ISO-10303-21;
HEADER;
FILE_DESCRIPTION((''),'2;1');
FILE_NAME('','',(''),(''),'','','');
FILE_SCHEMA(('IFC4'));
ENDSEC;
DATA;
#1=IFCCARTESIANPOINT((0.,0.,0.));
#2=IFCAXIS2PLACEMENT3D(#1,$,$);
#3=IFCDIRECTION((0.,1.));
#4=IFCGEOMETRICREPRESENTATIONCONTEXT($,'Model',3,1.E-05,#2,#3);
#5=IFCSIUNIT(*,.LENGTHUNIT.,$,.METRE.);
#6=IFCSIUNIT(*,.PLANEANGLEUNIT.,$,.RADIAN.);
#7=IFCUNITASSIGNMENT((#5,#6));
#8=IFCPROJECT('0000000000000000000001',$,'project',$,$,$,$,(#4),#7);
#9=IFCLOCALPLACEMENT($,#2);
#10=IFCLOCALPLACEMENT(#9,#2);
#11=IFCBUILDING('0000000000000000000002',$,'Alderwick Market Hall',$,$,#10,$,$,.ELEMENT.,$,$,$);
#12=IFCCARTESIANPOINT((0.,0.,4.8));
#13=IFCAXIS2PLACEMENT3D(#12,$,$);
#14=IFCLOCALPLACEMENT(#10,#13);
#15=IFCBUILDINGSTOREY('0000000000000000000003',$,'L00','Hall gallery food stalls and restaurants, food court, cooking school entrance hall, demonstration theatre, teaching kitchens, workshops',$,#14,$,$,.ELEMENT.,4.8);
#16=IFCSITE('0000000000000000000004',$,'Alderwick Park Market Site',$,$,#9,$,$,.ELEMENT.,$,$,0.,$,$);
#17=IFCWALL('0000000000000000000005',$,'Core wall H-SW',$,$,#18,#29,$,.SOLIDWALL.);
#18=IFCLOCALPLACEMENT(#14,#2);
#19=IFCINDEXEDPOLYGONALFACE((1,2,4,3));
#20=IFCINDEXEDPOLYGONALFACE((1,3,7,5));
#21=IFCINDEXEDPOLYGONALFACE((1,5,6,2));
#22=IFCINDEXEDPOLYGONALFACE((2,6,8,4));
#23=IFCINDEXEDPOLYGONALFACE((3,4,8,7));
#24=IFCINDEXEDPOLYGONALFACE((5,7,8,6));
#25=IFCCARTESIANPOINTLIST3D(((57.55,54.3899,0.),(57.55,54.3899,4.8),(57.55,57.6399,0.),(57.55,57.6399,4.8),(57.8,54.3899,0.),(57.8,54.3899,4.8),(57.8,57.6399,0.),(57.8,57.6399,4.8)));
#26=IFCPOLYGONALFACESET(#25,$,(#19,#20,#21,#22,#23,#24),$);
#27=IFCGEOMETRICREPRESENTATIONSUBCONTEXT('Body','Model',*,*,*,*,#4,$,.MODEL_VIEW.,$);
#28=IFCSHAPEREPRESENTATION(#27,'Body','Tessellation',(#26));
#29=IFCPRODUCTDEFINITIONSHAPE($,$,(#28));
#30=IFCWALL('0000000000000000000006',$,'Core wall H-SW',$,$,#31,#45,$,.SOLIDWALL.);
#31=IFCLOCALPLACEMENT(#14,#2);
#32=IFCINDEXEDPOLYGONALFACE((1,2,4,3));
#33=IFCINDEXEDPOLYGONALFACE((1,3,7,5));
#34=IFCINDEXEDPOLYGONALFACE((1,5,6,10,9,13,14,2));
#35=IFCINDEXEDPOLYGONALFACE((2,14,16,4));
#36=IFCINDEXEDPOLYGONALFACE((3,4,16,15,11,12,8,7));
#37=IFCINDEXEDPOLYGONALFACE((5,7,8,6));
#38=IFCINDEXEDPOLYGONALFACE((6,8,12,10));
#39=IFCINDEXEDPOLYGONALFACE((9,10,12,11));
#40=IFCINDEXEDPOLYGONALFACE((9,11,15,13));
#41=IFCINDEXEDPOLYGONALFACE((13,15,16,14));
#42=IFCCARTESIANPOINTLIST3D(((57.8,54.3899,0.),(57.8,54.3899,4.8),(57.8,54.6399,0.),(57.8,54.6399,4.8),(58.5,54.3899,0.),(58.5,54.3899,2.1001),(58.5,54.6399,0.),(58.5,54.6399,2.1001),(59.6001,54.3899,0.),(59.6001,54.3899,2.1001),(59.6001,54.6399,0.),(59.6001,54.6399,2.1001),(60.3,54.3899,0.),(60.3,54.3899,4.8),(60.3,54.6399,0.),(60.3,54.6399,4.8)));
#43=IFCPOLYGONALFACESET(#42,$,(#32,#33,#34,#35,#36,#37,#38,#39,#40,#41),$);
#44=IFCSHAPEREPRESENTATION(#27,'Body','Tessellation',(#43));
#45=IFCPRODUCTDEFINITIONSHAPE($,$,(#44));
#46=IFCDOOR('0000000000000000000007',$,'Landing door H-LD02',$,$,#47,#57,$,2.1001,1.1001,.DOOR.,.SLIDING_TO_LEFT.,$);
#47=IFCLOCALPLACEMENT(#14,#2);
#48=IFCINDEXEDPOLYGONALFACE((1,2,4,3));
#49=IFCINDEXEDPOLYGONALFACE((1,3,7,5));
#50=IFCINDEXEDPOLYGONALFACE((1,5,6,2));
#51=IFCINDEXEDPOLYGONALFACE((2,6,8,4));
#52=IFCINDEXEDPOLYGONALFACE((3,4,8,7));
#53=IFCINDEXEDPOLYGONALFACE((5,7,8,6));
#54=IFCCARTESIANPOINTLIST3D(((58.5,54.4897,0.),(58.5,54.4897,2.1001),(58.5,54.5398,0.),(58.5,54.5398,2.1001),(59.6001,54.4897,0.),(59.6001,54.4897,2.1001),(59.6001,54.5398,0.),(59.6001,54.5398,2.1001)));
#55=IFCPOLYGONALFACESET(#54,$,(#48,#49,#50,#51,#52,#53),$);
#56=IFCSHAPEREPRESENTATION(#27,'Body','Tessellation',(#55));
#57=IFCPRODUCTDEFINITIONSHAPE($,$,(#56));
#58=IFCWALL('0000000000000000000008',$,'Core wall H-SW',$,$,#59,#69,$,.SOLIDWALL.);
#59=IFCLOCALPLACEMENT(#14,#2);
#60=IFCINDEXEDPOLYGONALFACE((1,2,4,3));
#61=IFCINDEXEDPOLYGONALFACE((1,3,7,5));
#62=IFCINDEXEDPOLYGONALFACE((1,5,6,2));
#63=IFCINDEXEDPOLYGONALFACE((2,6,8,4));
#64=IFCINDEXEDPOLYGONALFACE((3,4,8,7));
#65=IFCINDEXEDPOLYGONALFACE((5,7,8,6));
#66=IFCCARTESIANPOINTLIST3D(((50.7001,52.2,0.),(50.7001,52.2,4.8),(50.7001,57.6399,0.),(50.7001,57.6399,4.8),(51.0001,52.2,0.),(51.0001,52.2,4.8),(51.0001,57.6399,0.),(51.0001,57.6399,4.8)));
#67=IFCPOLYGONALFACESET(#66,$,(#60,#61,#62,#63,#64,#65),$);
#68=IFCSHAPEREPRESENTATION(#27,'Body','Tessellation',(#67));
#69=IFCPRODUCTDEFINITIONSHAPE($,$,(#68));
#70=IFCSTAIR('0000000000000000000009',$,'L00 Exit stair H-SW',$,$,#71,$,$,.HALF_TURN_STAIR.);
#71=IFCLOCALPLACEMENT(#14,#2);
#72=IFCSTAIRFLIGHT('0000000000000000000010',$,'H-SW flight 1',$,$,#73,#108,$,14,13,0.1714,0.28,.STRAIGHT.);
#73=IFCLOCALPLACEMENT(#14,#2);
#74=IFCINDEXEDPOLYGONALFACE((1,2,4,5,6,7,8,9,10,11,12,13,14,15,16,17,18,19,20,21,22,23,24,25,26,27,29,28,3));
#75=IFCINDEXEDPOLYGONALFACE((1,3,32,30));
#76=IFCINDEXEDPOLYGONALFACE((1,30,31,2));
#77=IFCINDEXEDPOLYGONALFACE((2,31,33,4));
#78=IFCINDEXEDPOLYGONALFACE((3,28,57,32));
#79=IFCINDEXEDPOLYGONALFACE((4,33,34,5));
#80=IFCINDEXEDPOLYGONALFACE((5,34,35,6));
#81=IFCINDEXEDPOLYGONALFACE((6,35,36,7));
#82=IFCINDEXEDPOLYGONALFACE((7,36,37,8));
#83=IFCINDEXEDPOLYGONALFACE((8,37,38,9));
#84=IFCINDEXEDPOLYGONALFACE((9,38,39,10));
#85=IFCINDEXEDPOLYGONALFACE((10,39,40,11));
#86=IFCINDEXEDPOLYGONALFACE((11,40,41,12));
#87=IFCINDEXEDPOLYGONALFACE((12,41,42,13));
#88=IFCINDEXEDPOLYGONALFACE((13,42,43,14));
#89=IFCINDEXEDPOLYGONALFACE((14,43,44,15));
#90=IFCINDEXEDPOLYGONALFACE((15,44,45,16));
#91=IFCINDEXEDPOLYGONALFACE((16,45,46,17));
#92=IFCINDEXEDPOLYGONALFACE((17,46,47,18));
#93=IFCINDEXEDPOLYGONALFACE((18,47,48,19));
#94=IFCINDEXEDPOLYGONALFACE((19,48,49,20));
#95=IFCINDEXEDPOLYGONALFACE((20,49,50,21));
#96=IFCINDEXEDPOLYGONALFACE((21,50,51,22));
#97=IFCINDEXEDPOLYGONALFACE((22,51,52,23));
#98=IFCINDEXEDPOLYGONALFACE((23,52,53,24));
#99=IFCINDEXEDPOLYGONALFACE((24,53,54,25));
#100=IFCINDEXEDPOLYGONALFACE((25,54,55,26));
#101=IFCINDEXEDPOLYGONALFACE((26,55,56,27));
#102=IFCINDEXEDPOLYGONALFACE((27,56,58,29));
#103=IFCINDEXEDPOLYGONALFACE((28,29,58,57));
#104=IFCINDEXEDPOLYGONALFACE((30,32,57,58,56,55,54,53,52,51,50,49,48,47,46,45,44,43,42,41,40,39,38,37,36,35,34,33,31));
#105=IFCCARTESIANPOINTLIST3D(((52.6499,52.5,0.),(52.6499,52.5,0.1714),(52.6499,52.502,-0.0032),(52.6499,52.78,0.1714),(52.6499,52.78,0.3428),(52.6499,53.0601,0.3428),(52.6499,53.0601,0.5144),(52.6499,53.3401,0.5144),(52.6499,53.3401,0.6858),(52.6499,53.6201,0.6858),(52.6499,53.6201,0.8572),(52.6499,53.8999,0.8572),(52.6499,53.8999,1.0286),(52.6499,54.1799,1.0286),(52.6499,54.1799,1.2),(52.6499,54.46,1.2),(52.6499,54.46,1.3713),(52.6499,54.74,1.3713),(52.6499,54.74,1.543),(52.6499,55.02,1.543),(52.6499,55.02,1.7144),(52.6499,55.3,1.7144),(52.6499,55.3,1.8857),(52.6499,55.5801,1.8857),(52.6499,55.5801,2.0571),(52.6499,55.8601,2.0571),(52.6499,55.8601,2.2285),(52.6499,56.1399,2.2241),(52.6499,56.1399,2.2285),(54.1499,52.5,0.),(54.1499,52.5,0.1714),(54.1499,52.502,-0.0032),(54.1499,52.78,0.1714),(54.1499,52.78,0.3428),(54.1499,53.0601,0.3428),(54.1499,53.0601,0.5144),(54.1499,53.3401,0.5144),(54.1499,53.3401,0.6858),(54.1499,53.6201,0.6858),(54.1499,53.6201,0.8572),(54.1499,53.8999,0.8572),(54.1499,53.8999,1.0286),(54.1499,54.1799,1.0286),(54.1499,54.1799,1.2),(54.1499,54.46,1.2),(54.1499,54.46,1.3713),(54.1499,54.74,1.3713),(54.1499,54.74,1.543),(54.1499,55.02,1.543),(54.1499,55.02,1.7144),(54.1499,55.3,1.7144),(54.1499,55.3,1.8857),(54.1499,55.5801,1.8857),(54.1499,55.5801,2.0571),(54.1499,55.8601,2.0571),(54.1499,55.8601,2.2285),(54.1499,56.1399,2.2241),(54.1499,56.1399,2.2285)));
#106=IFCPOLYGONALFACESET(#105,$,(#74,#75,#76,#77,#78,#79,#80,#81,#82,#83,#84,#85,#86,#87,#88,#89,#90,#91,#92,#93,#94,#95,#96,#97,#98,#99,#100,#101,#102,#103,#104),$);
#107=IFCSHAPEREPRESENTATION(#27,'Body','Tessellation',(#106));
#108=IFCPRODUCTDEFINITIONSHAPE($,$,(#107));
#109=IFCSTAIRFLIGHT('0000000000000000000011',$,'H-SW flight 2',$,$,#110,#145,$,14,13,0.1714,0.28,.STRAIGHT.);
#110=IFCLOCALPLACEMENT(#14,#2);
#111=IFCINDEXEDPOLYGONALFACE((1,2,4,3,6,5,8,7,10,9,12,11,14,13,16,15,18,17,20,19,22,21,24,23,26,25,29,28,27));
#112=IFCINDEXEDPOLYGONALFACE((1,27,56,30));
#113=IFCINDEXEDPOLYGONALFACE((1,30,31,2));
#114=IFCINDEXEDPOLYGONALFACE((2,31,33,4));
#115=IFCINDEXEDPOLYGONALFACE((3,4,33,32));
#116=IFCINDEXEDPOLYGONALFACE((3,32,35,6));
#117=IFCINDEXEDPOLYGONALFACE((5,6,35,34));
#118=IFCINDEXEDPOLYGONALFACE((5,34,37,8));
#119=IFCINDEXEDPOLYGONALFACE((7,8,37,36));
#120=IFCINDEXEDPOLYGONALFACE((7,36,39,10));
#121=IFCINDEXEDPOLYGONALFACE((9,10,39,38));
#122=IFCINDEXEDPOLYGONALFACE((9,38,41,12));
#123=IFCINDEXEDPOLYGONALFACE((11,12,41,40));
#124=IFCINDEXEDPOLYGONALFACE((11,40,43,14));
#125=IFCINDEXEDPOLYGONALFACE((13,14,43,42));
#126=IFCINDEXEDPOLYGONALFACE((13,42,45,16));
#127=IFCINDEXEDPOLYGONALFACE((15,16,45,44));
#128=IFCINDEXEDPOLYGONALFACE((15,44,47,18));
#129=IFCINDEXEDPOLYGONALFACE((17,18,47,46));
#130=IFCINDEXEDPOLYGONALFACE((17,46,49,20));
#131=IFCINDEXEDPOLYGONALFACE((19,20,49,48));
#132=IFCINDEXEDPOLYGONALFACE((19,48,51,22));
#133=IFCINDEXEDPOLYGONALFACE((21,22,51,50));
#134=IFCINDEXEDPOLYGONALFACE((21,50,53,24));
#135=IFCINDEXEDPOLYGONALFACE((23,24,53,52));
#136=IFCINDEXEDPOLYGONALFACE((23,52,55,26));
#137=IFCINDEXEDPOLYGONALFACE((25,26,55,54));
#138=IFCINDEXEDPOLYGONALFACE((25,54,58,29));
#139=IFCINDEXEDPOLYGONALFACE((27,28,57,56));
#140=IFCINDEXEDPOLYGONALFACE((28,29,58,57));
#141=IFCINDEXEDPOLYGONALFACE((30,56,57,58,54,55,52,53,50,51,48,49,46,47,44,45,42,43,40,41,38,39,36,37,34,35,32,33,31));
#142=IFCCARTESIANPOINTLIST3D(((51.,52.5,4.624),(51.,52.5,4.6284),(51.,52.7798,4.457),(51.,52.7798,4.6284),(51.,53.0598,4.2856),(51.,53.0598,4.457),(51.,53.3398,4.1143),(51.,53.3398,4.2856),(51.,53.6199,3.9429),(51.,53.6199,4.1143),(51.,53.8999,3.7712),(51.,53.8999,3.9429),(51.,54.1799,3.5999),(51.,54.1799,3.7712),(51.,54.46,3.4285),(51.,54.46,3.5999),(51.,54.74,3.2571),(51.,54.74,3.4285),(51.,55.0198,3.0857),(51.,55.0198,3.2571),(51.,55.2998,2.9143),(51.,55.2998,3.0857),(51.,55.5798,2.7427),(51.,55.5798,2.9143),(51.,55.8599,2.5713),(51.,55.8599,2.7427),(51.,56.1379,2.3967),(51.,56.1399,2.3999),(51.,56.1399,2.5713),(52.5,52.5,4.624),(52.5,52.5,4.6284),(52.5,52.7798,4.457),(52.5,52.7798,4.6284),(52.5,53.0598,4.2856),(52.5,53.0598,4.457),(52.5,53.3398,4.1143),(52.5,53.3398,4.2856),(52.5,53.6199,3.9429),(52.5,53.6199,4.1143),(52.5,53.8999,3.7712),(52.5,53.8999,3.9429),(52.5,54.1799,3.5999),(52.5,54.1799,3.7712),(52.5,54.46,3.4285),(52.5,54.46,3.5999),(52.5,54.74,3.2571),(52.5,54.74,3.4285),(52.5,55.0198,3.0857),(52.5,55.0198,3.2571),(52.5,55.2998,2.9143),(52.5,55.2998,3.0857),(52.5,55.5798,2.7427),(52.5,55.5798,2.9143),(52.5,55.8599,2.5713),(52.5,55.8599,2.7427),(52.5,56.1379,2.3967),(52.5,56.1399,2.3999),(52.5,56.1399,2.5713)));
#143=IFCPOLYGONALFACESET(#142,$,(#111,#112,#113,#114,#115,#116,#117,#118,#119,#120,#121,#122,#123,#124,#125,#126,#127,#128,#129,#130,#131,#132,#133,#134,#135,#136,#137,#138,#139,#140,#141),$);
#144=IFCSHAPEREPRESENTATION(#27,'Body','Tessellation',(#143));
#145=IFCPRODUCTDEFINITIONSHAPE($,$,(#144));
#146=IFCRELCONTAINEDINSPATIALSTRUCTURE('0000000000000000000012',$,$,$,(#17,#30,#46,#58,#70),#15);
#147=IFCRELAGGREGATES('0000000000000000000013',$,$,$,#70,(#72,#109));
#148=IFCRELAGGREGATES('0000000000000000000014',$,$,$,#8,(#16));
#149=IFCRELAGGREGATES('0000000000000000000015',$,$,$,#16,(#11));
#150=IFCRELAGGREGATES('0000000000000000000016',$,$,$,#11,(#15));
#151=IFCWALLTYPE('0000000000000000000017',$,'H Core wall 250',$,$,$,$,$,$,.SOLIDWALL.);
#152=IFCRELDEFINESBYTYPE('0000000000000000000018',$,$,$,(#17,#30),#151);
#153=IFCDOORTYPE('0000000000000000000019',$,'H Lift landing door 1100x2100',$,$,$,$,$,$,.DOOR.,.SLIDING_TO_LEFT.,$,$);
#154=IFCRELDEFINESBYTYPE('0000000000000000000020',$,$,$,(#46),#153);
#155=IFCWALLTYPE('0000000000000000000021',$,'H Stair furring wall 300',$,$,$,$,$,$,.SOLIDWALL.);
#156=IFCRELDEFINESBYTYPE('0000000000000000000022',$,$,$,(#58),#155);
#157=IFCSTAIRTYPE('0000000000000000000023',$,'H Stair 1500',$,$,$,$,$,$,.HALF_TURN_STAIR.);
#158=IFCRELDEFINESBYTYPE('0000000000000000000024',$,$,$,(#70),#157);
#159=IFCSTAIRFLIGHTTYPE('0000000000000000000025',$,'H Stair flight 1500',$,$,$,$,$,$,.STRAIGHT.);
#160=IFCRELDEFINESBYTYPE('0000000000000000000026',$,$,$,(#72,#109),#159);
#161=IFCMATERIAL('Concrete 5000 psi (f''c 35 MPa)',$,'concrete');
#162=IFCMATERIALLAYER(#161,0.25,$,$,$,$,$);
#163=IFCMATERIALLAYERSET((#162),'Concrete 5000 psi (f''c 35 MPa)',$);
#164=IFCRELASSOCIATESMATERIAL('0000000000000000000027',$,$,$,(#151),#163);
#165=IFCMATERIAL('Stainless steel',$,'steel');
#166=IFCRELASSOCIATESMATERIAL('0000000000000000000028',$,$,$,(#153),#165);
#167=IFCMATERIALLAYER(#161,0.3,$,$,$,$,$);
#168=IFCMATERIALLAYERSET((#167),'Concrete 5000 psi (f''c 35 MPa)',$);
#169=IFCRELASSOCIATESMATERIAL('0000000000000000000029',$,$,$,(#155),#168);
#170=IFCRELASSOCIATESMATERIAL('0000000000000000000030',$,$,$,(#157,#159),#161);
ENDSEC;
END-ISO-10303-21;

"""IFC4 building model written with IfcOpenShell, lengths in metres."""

from ifc_helpers import new_model, si_unit, direction, frame, frame_2d, origin, place, context, subcontext, project, spatial, polyline, rectangle, outline, extrude, material, layer, layer_set, type_object, element, fill, aggregate, save


model = new_model("IFC4")

# Units and contexts
model_context = context("Model", 3, precision=1e-05, world=origin(), true_north=direction((0.0, 1.0)))
body_context = subcontext(model_context, "Body", "Model", "MODEL_VIEW")
ifc_project = project(units=[si_unit("LENGTHUNIT", "METRE"), si_unit("PLANEANGLEUNIT", "RADIAN")], contexts=[model_context])

# Site, building, storey
site_placement = place(None, origin())
site = spatial("IfcSite", under=ifc_project, at=site_placement, Name="Alderwick Park Market Site", CompositionType="ELEMENT", RefElevation=0.0)
building_placement = place(site_placement, origin())
building = spatial("IfcBuilding", under=site, at=building_placement, Name="Alderwick Market Hall", CompositionType="ELEMENT")
storey_placement = place(building_placement, frame((0.0, 0.0, 4.8)))
storey = spatial("IfcBuildingStorey", under=building, at=storey_placement, Name="L00", Description="Hall gallery food stalls and restaurants, food court, cooking school entrance hall, demonstration theatre, teaching kitchens, workshops", CompositionType="ELEMENT", Elevation=4.8)

# Wall
ifc_material_1 = material(Name="Concrete 5000 psi (f'c 35 MPa)", Category="concrete")
ifc_layer_1 = layer(ifc_material_1, 0.25)
ifc_layer_set_1 = layer_set([ifc_layer_1], Name="Concrete 5000 psi (f'c 35 MPa)")
wall_type_1 = type_object("IfcWallType", Name="H Core wall 250", PredefinedType="SOLIDWALL", material=ifc_layer_set_1)
wall_1_placement = place(storey_placement, frame((57.675, 54.3899, 0.0), z_axis=(0.0, 0.0, 1.0), x_axis=(0.0, 1.0, 0.0)))
element("IfcWall", 1, at=wall_1_placement, inside=storey, type_object=wall_type_1, Name="Core wall H-SW", PredefinedType="SOLIDWALL", context=body_context, shape_type="SweptSolid", body=[
    extrude(rectangle(XDim=3.25, YDim=0.25, at=frame_2d((1.625, 0.0))), origin(), (0.0, 0.0, 1.0), 4.8),
])

# Wall, opening, door
wall_2_placement = place(storey_placement, frame((57.8, 54.5149, 0.0), z_axis=(0.0, 0.0, 1.0), x_axis=(1.0, 0.0, 0.0)))
wall_2 = element("IfcWall", 2, at=wall_2_placement, inside=storey, type_object=wall_type_1, Name="Core wall H-SW", PredefinedType="SOLIDWALL", context=body_context, shape_type="SweptSolid", body=[
    extrude(rectangle(XDim=2.5, YDim=0.25, at=frame_2d((1.25, 0.0))), origin(), (0.0, 0.0, 1.0), 4.8),
])
opening_placement = place(wall_2_placement, frame((0.7, 0.0, 0.0)))
opening = element("IfcOpeningElement", 3, at=opening_placement, cuts=wall_2, PredefinedType="OPENING", context=body_context, shape_type="SweptSolid", body=[
    extrude(rectangle(XDim=1.1001, YDim=2.1001, at=frame_2d((0.55, 1.05))), frame((0.0, 0.135, 0.0), z_axis=(0.0, -1.0, 0.0), x_axis=(1.0, 0.0, 0.0)), (0.0, 0.0, 1.0), 0.27),
])
ifc_material_2 = material(Name="Stainless steel", Category="steel")
door_type = type_object("IfcDoorType", Name="H Lift landing door 1100x2100", OperationType="SLIDING_TO_LEFT", PredefinedType="DOOR", material=ifc_material_2)
door_placement = place(opening_placement, origin())
door = element("IfcDoor", 4, at=door_placement, inside=storey, type_object=door_type, Name="Landing door H-LD02", OperationType="SLIDING_TO_LEFT", OverallHeight=2.1001, OverallWidth=1.1001, PredefinedType="DOOR", context=body_context, shape_type="SweptSolid", body=[
    extrude(rectangle(XDim=1.1001, YDim=2.1001, at=frame_2d((0.55, 1.05))), frame((0.0, 0.0249, 0.0), z_axis=(0.0, -1.0, 0.0), x_axis=(1.0, 0.0, 0.0)), (0.0, 0.0, 1.0), 0.05),
])
fill(opening, door)

# Wall
ifc_layer_2 = layer(ifc_material_1, 0.3)
ifc_layer_set_2 = layer_set([ifc_layer_2], Name="Concrete 5000 psi (f'c 35 MPa)")
wall_type_2 = type_object("IfcWallType", Name="H Stair furring wall 300", PredefinedType="SOLIDWALL", material=ifc_layer_set_2)
wall_3_placement = place(storey_placement, frame((50.8501, 52.2, 0.0), z_axis=(0.0, 0.0, 1.0), x_axis=(0.0, 1.0, 0.0)))
element("IfcWall", 5, at=wall_3_placement, inside=storey, type_object=wall_type_2, Name="Core wall H-SW", PredefinedType="SOLIDWALL", context=body_context, shape_type="SweptSolid", body=[
    extrude(rectangle(XDim=5.4399, YDim=0.3, at=frame_2d((2.72, 0.0))), origin(), (0.0, 0.0, 1.0), 4.8),
])

# Stair, stair flights
stair_type = type_object("IfcStairType", Name="H Stair 1500", PredefinedType="HALF_TURN_STAIR", material=ifc_material_1)
stair_placement = place(storey_placement, origin())
stair = element("IfcStair", 6, at=stair_placement, inside=storey, type_object=stair_type, Name="L00 Exit stair H-SW", PredefinedType="HALF_TURN_STAIR")
stair_flight_type = type_object("IfcStairFlightType", Name="H Stair flight 1500", PredefinedType="STRAIGHT", material=ifc_material_1)
stair_flight_1_placement = place(storey_placement, frame((53.3999, 52.5, 0.0), z_axis=(0.0, 0.0, 1.0), x_axis=(0.0, 1.0, 0.0)))
stair_flight_1 = element("IfcStairFlight", 7, at=stair_flight_1_placement, type_object=stair_flight_type, Name="H-SW flight 1", NumberOfRisers=14, NumberOfTreads=13, PredefinedType="STRAIGHT", RiserHeight=0.1714, TreadLength=0.28, context=body_context, shape_type="SweptSolid", body=[
    extrude(outline(polyline([(0.002, -0.0032), (0.0, 0.0), (0.0, 0.1714), (0.28, 0.1714), (0.28, 0.3428), (0.5601, 0.3428), (0.5601, 0.5144), (0.8401, 0.5144), (0.8401, 0.6858), (1.1201, 0.6858), (1.1201, 0.8572), (1.3999, 0.8572), (1.3999, 1.0286), (1.6799, 1.0286), (1.6799, 1.2), (1.96, 1.2), (1.96, 1.3713), (2.24, 1.3713), (2.24, 1.543), (2.52, 1.543), (2.52, 1.7144), (2.8, 1.7144), (2.8, 1.8857), (3.0801, 1.8857), (3.0801, 2.0571), (3.3601, 2.0571), (3.3601, 2.2285), (3.6399, 2.2285), (3.6399, 2.2241), (0.002, -0.0032)])), frame((0.0, 0.75, 0.0), z_axis=(0.0, -1.0, 0.0), x_axis=(1.0, 0.0, 0.0)), (0.0, 0.0, 1.0), 1.5),
])
stair_flight_2_placement = place(storey_placement, frame((51.75, 56.1399, 2.3999), z_axis=(0.0, 0.0, 1.0), x_axis=(0.0, -1.0, 0.0)))
stair_flight_2 = element("IfcStairFlight", 8, at=stair_flight_2_placement, type_object=stair_flight_type, Name="H-SW flight 2", NumberOfRisers=14, NumberOfTreads=13, PredefinedType="STRAIGHT", RiserHeight=0.1714, TreadLength=0.28, context=body_context, shape_type="SweptSolid", body=[
    extrude(outline(polyline([(0.002, -0.0032), (0.0, 0.0), (0.0, 0.1714), (0.28, 0.1714), (0.28, 0.3428), (0.5601, 0.3428), (0.5601, 0.5144), (0.8401, 0.5144), (0.8401, 0.6858), (1.1201, 0.6858), (1.1201, 0.8572), (1.3999, 0.8572), (1.3999, 1.0286), (1.6799, 1.0286), (1.6799, 1.2), (1.96, 1.2), (1.96, 1.3713), (2.24, 1.3713), (2.24, 1.543), (2.52, 1.543), (2.52, 1.7144), (2.8, 1.7144), (2.8, 1.8857), (3.0801, 1.8857), (3.0801, 2.0571), (3.3601, 2.0571), (3.3601, 2.2285), (3.6399, 2.2285), (3.6399, 2.2241), (0.002, -0.0032)])), frame((0.0, 0.75, 0.0), z_axis=(0.0, -1.0, 0.0), x_axis=(1.0, 0.0, 0.0)), (0.0, 0.0, 1.0), 1.5),
])
aggregate(stair, [stair_flight_1, stair_flight_2])

save(model, "model.ifc")
